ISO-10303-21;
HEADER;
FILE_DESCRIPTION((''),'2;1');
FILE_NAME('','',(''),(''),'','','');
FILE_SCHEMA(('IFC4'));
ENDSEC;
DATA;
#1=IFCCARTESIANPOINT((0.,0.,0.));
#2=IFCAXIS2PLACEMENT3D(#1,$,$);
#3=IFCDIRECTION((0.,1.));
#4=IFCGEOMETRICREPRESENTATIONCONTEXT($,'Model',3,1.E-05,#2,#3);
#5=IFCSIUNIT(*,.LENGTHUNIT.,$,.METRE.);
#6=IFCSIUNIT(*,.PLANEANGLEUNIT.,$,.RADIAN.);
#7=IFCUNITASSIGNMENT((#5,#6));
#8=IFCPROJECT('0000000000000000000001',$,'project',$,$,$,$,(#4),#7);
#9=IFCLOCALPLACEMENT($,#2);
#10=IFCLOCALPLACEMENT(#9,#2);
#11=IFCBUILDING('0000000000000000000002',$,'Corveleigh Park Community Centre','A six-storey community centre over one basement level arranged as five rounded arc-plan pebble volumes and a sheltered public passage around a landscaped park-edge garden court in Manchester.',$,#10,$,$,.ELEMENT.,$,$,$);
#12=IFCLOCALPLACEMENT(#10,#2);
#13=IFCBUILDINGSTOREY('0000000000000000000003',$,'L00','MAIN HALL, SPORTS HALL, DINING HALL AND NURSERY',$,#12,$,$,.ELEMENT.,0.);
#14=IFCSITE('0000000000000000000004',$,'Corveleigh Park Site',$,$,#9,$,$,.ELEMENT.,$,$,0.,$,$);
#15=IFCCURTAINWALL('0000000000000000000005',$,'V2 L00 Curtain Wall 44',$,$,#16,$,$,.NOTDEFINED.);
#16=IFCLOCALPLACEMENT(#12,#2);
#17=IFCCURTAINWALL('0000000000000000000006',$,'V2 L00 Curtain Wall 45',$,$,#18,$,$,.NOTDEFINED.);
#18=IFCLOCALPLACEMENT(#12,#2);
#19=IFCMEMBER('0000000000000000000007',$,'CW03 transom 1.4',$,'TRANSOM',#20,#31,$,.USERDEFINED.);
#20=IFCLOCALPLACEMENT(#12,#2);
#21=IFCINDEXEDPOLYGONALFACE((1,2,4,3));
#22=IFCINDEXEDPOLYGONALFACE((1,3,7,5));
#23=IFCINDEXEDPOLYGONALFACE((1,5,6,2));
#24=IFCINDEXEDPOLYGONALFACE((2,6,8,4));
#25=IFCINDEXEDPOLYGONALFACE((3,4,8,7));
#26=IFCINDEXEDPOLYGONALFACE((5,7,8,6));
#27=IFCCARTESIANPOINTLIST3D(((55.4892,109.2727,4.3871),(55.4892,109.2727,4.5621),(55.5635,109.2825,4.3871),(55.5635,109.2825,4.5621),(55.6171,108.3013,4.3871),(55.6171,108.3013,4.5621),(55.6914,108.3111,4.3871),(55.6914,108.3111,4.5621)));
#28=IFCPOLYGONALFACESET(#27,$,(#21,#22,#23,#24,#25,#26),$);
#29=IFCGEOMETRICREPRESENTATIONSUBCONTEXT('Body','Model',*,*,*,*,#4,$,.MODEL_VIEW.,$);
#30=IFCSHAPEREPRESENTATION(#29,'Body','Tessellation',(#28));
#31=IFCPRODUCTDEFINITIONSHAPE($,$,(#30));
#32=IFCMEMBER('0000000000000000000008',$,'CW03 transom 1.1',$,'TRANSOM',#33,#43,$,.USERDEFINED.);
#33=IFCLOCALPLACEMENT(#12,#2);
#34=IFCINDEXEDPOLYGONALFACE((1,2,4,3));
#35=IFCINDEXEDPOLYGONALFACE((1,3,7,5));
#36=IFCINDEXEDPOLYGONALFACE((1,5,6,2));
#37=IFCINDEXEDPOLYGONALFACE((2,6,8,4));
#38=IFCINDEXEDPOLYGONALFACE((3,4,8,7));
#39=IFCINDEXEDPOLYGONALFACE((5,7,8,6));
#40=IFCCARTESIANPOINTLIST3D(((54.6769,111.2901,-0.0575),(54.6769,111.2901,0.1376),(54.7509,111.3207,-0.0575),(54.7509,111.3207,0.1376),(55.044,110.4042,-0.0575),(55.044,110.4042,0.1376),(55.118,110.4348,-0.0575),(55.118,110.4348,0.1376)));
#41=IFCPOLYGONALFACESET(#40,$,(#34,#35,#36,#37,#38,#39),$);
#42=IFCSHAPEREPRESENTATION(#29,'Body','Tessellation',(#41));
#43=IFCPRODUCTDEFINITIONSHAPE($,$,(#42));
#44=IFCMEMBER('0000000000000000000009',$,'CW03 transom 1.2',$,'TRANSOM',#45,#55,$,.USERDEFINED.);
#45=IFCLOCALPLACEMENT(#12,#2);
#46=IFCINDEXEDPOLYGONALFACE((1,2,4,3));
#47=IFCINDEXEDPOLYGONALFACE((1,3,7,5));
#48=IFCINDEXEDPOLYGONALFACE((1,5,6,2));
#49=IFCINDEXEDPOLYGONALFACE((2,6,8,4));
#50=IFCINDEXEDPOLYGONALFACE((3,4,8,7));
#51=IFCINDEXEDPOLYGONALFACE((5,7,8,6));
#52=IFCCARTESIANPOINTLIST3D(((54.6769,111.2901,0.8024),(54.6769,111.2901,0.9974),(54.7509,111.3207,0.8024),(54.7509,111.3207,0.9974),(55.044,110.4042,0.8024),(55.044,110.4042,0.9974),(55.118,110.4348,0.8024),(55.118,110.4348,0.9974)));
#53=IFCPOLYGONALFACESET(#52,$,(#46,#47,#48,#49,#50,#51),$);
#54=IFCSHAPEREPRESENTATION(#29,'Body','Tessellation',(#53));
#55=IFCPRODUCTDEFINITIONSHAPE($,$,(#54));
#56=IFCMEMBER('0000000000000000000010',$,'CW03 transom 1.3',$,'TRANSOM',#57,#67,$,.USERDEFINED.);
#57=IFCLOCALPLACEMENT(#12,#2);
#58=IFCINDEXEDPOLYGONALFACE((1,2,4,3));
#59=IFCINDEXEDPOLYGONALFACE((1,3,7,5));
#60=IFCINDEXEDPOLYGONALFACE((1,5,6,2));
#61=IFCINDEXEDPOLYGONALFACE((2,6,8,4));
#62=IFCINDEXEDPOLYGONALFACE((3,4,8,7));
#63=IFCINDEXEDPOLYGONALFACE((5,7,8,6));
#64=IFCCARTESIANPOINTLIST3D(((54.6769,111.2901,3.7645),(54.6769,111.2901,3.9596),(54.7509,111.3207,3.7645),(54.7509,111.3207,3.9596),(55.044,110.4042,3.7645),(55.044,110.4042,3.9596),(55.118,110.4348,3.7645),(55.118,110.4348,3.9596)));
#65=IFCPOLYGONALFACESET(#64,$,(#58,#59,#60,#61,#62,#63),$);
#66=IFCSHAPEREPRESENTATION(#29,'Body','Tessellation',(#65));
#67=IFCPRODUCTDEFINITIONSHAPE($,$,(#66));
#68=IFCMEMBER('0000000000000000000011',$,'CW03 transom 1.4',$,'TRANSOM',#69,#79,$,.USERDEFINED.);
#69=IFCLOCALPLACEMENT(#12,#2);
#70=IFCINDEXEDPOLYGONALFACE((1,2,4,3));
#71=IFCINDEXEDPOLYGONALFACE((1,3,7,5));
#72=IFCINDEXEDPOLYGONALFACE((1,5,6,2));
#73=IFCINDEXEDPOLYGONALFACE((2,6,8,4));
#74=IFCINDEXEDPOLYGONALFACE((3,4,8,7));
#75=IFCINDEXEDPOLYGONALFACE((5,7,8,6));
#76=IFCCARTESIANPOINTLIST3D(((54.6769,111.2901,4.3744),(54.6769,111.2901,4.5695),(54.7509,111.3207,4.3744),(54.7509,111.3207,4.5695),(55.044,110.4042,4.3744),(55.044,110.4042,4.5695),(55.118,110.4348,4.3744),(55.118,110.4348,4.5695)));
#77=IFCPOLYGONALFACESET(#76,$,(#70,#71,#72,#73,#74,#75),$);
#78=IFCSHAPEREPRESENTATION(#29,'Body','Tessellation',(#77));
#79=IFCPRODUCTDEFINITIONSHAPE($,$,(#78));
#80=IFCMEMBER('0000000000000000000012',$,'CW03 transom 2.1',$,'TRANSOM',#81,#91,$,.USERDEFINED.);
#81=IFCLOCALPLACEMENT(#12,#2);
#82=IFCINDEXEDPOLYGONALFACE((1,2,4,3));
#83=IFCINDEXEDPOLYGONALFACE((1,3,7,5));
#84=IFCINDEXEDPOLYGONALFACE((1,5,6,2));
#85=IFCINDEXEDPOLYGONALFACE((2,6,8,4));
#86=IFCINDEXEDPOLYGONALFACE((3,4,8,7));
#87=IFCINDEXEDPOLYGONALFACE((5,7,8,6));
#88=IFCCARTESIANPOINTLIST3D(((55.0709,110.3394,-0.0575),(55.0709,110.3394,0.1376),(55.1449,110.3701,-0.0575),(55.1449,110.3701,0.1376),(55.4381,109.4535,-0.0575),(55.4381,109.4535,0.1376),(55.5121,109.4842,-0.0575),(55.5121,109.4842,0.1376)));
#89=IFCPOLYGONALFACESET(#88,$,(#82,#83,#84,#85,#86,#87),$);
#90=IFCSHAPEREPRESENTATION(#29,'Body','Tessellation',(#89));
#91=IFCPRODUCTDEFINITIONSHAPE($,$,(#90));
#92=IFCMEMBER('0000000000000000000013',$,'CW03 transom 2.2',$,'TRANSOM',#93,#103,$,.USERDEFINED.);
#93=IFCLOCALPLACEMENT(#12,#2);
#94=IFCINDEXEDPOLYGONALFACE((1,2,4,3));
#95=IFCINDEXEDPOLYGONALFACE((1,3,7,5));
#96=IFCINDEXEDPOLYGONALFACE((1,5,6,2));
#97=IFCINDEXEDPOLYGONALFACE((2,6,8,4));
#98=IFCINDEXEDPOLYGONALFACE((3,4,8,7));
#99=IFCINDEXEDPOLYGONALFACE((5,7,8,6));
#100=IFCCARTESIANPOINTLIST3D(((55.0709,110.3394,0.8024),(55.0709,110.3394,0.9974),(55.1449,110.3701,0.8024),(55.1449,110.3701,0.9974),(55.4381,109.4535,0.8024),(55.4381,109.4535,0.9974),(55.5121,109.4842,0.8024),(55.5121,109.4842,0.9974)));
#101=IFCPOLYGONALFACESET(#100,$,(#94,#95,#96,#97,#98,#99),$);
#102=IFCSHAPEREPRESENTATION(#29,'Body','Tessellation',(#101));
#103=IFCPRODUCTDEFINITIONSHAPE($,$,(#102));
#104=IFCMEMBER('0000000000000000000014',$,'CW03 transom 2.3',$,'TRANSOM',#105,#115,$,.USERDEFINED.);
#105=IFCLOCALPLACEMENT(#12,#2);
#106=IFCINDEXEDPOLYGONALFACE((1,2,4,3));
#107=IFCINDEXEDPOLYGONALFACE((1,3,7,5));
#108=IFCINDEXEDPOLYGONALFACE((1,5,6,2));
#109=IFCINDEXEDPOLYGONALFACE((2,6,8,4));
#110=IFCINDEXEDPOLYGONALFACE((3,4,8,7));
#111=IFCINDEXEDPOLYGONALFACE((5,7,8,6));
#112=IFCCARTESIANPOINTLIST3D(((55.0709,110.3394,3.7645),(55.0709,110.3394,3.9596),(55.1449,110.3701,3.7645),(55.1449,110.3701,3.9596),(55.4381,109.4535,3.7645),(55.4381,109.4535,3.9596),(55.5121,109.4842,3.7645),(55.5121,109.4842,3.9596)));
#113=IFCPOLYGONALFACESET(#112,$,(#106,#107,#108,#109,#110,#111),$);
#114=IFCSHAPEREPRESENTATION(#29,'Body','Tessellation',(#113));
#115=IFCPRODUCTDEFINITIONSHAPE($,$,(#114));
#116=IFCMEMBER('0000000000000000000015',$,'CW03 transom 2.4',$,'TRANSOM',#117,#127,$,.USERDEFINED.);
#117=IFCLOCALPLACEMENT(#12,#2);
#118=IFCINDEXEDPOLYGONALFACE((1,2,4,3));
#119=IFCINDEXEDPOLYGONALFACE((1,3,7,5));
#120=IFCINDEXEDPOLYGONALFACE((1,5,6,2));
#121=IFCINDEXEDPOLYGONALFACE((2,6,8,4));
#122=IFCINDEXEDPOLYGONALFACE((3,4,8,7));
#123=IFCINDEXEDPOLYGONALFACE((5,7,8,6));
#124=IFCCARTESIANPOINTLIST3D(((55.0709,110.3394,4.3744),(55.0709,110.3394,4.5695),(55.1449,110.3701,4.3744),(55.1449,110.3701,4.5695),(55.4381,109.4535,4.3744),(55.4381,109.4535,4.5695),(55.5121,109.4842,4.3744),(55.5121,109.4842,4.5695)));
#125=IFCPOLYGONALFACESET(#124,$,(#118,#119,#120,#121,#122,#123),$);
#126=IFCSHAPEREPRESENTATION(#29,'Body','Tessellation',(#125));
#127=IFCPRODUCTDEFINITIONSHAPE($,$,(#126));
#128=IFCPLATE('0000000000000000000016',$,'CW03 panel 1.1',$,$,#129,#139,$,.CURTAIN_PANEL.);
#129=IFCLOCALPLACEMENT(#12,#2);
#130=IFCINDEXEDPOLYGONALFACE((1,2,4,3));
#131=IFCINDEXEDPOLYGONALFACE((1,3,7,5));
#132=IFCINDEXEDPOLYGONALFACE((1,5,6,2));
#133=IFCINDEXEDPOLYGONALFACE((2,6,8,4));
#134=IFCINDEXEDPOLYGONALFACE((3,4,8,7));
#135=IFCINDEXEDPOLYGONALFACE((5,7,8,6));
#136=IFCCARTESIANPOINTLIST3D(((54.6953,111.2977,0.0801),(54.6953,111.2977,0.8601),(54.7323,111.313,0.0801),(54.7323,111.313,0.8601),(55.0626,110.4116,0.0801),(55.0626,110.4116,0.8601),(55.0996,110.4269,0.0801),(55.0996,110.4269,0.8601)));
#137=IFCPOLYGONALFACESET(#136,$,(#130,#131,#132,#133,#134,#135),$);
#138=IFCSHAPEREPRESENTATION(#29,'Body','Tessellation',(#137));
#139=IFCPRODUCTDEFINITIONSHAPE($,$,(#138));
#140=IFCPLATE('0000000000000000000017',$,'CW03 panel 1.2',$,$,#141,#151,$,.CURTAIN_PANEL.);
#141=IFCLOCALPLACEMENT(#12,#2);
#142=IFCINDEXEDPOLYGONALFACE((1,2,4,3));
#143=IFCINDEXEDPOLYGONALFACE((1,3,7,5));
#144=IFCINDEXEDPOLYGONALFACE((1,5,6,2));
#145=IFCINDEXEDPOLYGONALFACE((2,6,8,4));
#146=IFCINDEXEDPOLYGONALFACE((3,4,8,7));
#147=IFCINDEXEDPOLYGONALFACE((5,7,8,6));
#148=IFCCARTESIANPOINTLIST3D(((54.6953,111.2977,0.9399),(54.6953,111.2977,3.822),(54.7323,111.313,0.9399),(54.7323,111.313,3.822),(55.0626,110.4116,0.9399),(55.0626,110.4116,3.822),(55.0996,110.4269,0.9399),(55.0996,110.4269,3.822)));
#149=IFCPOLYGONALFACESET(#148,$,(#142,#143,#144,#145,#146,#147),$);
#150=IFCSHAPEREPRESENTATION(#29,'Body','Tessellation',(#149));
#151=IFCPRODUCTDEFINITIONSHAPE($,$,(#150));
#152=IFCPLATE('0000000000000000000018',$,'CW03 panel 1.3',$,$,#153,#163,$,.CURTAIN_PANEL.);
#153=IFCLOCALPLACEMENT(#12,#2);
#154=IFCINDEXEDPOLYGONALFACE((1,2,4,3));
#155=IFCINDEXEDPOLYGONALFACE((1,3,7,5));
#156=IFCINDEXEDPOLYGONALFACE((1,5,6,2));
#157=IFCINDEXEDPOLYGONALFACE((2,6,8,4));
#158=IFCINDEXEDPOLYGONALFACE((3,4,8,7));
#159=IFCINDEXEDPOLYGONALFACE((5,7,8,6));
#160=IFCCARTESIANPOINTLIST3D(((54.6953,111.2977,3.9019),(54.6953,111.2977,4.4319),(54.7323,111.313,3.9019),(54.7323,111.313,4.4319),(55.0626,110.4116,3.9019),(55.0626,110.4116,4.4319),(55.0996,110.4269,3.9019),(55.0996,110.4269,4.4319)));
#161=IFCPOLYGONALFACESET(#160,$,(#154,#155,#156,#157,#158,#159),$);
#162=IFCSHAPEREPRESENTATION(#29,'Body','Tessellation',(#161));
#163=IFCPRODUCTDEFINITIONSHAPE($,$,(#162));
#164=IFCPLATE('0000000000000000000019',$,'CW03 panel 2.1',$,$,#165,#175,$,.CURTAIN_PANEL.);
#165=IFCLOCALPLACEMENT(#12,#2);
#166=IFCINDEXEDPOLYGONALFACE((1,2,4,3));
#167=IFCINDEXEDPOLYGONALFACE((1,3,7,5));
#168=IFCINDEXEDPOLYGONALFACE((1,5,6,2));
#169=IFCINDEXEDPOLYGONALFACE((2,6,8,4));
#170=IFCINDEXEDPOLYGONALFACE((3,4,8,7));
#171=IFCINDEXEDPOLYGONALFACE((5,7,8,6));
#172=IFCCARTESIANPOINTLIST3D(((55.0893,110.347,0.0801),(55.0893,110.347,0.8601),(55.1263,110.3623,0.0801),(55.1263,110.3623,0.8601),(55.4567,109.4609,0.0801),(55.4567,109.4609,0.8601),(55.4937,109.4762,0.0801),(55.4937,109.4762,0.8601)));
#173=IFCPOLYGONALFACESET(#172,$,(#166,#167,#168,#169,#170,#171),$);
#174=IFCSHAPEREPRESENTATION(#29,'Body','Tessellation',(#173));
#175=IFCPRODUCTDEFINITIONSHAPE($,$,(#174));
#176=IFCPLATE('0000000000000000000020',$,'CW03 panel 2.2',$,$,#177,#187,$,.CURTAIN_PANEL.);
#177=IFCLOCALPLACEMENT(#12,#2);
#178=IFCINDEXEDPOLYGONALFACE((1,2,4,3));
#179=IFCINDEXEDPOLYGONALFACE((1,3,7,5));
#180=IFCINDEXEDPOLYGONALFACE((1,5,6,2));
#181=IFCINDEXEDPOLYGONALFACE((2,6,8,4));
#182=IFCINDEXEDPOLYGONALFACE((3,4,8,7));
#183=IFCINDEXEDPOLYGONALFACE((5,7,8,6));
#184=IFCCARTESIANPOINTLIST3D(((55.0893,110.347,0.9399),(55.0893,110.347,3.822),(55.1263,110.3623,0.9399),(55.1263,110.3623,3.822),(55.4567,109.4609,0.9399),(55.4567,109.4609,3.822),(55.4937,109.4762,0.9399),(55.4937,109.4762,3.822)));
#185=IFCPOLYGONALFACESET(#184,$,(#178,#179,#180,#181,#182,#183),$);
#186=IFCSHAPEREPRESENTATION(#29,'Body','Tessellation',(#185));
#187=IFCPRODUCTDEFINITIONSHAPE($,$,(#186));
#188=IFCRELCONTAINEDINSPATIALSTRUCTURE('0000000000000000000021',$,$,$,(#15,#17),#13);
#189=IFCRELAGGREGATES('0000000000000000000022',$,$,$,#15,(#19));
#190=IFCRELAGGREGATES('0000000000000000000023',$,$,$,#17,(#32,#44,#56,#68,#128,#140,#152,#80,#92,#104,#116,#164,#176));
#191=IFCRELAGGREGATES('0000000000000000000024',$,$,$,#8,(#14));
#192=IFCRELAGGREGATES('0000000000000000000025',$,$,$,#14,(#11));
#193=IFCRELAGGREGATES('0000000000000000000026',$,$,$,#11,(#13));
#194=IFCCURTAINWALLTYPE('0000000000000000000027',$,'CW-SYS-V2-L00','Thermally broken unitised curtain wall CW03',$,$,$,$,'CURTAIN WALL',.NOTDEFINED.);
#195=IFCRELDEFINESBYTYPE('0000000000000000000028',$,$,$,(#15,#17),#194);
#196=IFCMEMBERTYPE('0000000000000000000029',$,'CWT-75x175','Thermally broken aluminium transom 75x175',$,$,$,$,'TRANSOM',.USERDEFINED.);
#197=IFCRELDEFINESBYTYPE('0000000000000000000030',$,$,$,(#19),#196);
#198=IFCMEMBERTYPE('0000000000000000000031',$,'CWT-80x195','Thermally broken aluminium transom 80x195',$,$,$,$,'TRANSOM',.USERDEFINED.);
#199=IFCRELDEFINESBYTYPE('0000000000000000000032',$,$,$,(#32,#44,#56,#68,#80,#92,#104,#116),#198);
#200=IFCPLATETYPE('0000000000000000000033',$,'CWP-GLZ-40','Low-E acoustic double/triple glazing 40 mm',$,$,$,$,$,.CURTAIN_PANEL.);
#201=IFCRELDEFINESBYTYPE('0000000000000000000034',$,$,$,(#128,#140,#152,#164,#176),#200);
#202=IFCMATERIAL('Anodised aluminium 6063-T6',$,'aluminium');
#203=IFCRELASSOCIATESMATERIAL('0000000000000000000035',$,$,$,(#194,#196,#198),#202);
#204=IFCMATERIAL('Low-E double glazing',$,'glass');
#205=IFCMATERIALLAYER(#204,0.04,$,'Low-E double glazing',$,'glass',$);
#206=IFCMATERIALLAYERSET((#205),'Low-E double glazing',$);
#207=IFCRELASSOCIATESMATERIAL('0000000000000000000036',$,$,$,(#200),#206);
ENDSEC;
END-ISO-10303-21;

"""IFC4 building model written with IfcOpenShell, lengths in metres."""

from ifc_helpers import new_model, si_unit, direction, frame, origin, origin_2d, place, context, subcontext, project, spatial, rectangle, extrude, material, layer, layer_set, material_profile, profile_set, type_object, element, aggregate, save


model = new_model("IFC4")

# Units and contexts
model_context = context("Model", 3, precision=1e-05, world=origin(), true_north=direction((0.0, 1.0)))
body_context = subcontext(model_context, "Body", "Model", "MODEL_VIEW")
ifc_project = project(units=[si_unit("LENGTHUNIT", "METRE"), si_unit("PLANEANGLEUNIT", "RADIAN")], contexts=[model_context])

# Site, building, storey
site_placement = place(None, origin())
site = spatial("IfcSite", under=ifc_project, at=site_placement, Name="Corveleigh Park Site", CompositionType="ELEMENT", RefElevation=0.0)
building_placement = place(site_placement, origin())
building = spatial("IfcBuilding", under=site, at=building_placement, Name="Corveleigh Park Community Centre", Description="A six-storey community centre over one basement level arranged as five rounded arc-plan pebble volumes and a sheltered public passage around a landscaped park-edge garden court in Manchester.", CompositionType="ELEMENT")
storey_placement = place(building_placement, origin())
storey = spatial("IfcBuildingStorey", under=building, at=storey_placement, Name="L00", Description="MAIN HALL, SPORTS HALL, DINING HALL AND NURSERY", CompositionType="ELEMENT", Elevation=0.0)

# Curtain wall
ifc_material_1 = material(Name="Anodised aluminium 6063-T6", Category="aluminium")
curtain_wall_type = type_object("IfcCurtainWallType", Name="CW-SYS-V2-L00", Description="Thermally broken unitised curtain wall CW03", ElementType="CURTAIN WALL", PredefinedType="NOTDEFINED", material=ifc_material_1)
curtain_wall_1_placement = place(storey_placement, origin())
curtain_wall_1 = element("IfcCurtainWall", 1, at=curtain_wall_1_placement, inside=storey, type_object=curtain_wall_type, Name="V2 L00 Curtain Wall 44", PredefinedType="NOTDEFINED")

# Curtain wall
curtain_wall_2_placement = place(storey_placement, origin())
curtain_wall_2 = element("IfcCurtainWall", 2, at=curtain_wall_2_placement, inside=storey, type_object=curtain_wall_type, Name="V2 L00 Curtain Wall 45", PredefinedType="NOTDEFINED")

# Members
ifc_material_profile_1 = material_profile(ifc_material_1, rectangle(XDim=0.075, YDim=0.175, at=origin_2d()), Name="ALU-T75x175", Category="aluminium")
ifc_profile_set_1 = profile_set([ifc_material_profile_1], Name="Anodised aluminium 6063-T6")
member_type_1 = type_object("IfcMemberType", Name="CWT-75x175", Description="Thermally broken aluminium transom 75x175", ElementType="TRANSOM", PredefinedType="USERDEFINED", material=ifc_profile_set_1)
member_1_placement = place(storey_placement, frame((55.5264, 109.2776, 4.4746), z_axis=(0.130564, -0.99144, 0.0), x_axis=(0.99144, 0.130564, 0.0)))
member_1 = element("IfcMember", 3, at=member_1_placement, type_object=member_type_1, Name="CW03 transom 1.4", ObjectType="TRANSOM", PredefinedType="USERDEFINED", context=body_context, shape_type="SweptSolid", body=[
    extrude(rectangle(XDim=0.075, YDim=0.175, at=origin_2d()), origin(), (0.0, 0.0, 1.0), 0.9797),
])
aggregate(curtain_wall_1, [member_1])
ifc_material_profile_2 = material_profile(ifc_material_1, rectangle(XDim=0.0801, YDim=0.1951, at=origin_2d()), Name="ALU-T80x195", Category="aluminium")
ifc_profile_set_2 = profile_set([ifc_material_profile_2], Name="Anodised aluminium 6063-T6")
member_type_2 = type_object("IfcMemberType", Name="CWT-80x195", Description="Thermally broken aluminium transom 80x195", ElementType="TRANSOM", PredefinedType="USERDEFINED", material=ifc_profile_set_2)
member_2_placement = place(storey_placement, frame((54.7139, 111.3054, 0.04), z_axis=(0.382861, -0.923806, 0.0), x_axis=(0.923806, 0.382861, 0.0)))
member_2 = element("IfcMember", 4, at=member_2_placement, type_object=member_type_2, Name="CW03 transom 1.1", ObjectType="TRANSOM", PredefinedType="USERDEFINED", context=body_context, shape_type="SweptSolid", body=[
    extrude(rectangle(XDim=0.0801, YDim=0.1951, at=origin_2d()), origin(), (0.0, 0.0, 1.0), 0.959),
])
member_3_placement = place(storey_placement, frame((54.7139, 111.3054, 0.8999), z_axis=(0.382861, -0.923806, 0.0), x_axis=(0.923806, 0.382861, 0.0)))
member_3 = element("IfcMember", 5, at=member_3_placement, type_object=member_type_2, Name="CW03 transom 1.2", ObjectType="TRANSOM", PredefinedType="USERDEFINED", context=body_context, shape_type="SweptSolid", body=[
    extrude(rectangle(XDim=0.0801, YDim=0.1951, at=origin_2d()), origin(), (0.0, 0.0, 1.0), 0.959),
])
member_4_placement = place(storey_placement, frame((54.7139, 111.3054, 3.8621), z_axis=(0.382861, -0.923806, 0.0), x_axis=(0.923806, 0.382861, 0.0)))
member_4 = element("IfcMember", 6, at=member_4_placement, type_object=member_type_2, Name="CW03 transom 1.3", ObjectType="TRANSOM", PredefinedType="USERDEFINED", context=body_context, shape_type="SweptSolid", body=[
    extrude(rectangle(XDim=0.0801, YDim=0.1951, at=origin_2d()), origin(), (0.0, 0.0, 1.0), 0.959),
])
member_5_placement = place(storey_placement, frame((54.7139, 111.3054, 4.4719), z_axis=(0.382861, -0.923806, 0.0), x_axis=(0.923806, 0.382861, 0.0)))
member_5 = element("IfcMember", 7, at=member_5_placement, type_object=member_type_2, Name="CW03 transom 1.4", ObjectType="TRANSOM", PredefinedType="USERDEFINED", context=body_context, shape_type="SweptSolid", body=[
    extrude(rectangle(XDim=0.0801, YDim=0.1951, at=origin_2d()), origin(), (0.0, 0.0, 1.0), 0.959),
])
member_6_placement = place(storey_placement, frame((55.1079, 110.3547, 0.04), z_axis=(0.382861, -0.923806, 0.0), x_axis=(0.923806, 0.382861, 0.0)))
member_6 = element("IfcMember", 8, at=member_6_placement, type_object=member_type_2, Name="CW03 transom 2.1", ObjectType="TRANSOM", PredefinedType="USERDEFINED", context=body_context, shape_type="SweptSolid", body=[
    extrude(rectangle(XDim=0.0801, YDim=0.1951, at=origin_2d()), origin(), (0.0, 0.0, 1.0), 0.959),
])
member_7_placement = place(storey_placement, frame((55.1079, 110.3547, 0.8999), z_axis=(0.382861, -0.923806, 0.0), x_axis=(0.923806, 0.382861, 0.0)))
member_7 = element("IfcMember", 9, at=member_7_placement, type_object=member_type_2, Name="CW03 transom 2.2", ObjectType="TRANSOM", PredefinedType="USERDEFINED", context=body_context, shape_type="SweptSolid", body=[
    extrude(rectangle(XDim=0.0801, YDim=0.1951, at=origin_2d()), origin(), (0.0, 0.0, 1.0), 0.959),
])
member_8_placement = place(storey_placement, frame((55.1079, 110.3547, 3.8621), z_axis=(0.382861, -0.923806, 0.0), x_axis=(0.923806, 0.382861, 0.0)))
member_8 = element("IfcMember", 10, at=member_8_placement, type_object=member_type_2, Name="CW03 transom 2.3", ObjectType="TRANSOM", PredefinedType="USERDEFINED", context=body_context, shape_type="SweptSolid", body=[
    extrude(rectangle(XDim=0.0801, YDim=0.1951, at=origin_2d()), origin(), (0.0, 0.0, 1.0), 0.959),
])
member_9_placement = place(storey_placement, frame((55.1079, 110.3547, 4.4719), z_axis=(0.382861, -0.923806, 0.0), x_axis=(0.923806, 0.382861, 0.0)))
member_9 = element("IfcMember", 11, at=member_9_placement, type_object=member_type_2, Name="CW03 transom 2.4", ObjectType="TRANSOM", PredefinedType="USERDEFINED", context=body_context, shape_type="SweptSolid", body=[
    extrude(rectangle(XDim=0.0801, YDim=0.1951, at=origin_2d()), origin(), (0.0, 0.0, 1.0), 0.959),
])

# Plates
ifc_material_2 = material(Name="Low-E double glazing", Category="glass")
ifc_layer_1 = layer(ifc_material_2, 0.04, Name="Low-E double glazing", Category="glass")
ifc_layer_set_1 = layer_set([ifc_layer_1], Name="Low-E double glazing")
plate_type = type_object("IfcPlateType", Name="CWP-GLZ-40", Description="Low-E acoustic double/triple glazing 40 mm", PredefinedType="CURTAIN_PANEL", material=ifc_layer_set_1)
plate_1_placement = place(storey_placement, frame((54.8975, 110.8623, 0.0801), z_axis=(0.0, 0.0, 1.0), x_axis=(0.382947, -0.92377, 0.0)))
plate_1 = element("IfcPlate", 12, at=plate_1_placement, type_object=plate_type, Name="CW03 panel 1.1", PredefinedType="CURTAIN_PANEL", context=body_context, shape_type="SweptSolid", body=[
    extrude(rectangle(XDim=0.9592, YDim=0.04, at=origin_2d()), origin(), (0.0, 0.0, 1.0), 0.78),
])
plate_2_placement = place(storey_placement, frame((54.8975, 110.8623, 0.9399), z_axis=(0.0, 0.0, 1.0), x_axis=(0.382947, -0.92377, 0.0)))
plate_2 = element("IfcPlate", 13, at=plate_2_placement, type_object=plate_type, Name="CW03 panel 1.2", PredefinedType="CURTAIN_PANEL", context=body_context, shape_type="SweptSolid", body=[
    extrude(rectangle(XDim=0.9592, YDim=0.04, at=origin_2d()), origin(), (0.0, 0.0, 1.0), 2.8821),
])
plate_3_placement = place(storey_placement, frame((54.8975, 110.8623, 3.9019), z_axis=(0.0, 0.0, 1.0), x_axis=(0.382947, -0.92377, 0.0)))
plate_3 = element("IfcPlate", 14, at=plate_3_placement, type_object=plate_type, Name="CW03 panel 1.3", PredefinedType="CURTAIN_PANEL", context=body_context, shape_type="SweptSolid", body=[
    extrude(rectangle(XDim=0.9592, YDim=0.04, at=origin_2d()), origin(), (0.0, 0.0, 1.0), 0.53),
])
plate_4_placement = place(storey_placement, frame((55.2915, 109.9116, 0.0801), z_axis=(0.0, 0.0, 1.0), x_axis=(0.382947, -0.92377, 0.0)))
plate_4 = element("IfcPlate", 15, at=plate_4_placement, type_object=plate_type, Name="CW03 panel 2.1", PredefinedType="CURTAIN_PANEL", context=body_context, shape_type="SweptSolid", body=[
    extrude(rectangle(XDim=0.9592, YDim=0.04, at=origin_2d()), origin(), (0.0, 0.0, 1.0), 0.78),
])
plate_5_placement = place(storey_placement, frame((55.2915, 109.9116, 0.9399), z_axis=(0.0, 0.0, 1.0), x_axis=(0.382947, -0.92377, 0.0)))
plate_5 = element("IfcPlate", 16, at=plate_5_placement, type_object=plate_type, Name="CW03 panel 2.2", PredefinedType="CURTAIN_PANEL", context=body_context, shape_type="SweptSolid", body=[
    extrude(rectangle(XDim=0.9592, YDim=0.04, at=origin_2d()), origin(), (0.0, 0.0, 1.0), 2.8821),
])
aggregate(curtain_wall_2, [member_2, member_3, member_4, member_5, plate_1, plate_2, plate_3, member_6, member_7, member_8, member_9, plate_4, plate_5])

save(model, "model.ifc")
